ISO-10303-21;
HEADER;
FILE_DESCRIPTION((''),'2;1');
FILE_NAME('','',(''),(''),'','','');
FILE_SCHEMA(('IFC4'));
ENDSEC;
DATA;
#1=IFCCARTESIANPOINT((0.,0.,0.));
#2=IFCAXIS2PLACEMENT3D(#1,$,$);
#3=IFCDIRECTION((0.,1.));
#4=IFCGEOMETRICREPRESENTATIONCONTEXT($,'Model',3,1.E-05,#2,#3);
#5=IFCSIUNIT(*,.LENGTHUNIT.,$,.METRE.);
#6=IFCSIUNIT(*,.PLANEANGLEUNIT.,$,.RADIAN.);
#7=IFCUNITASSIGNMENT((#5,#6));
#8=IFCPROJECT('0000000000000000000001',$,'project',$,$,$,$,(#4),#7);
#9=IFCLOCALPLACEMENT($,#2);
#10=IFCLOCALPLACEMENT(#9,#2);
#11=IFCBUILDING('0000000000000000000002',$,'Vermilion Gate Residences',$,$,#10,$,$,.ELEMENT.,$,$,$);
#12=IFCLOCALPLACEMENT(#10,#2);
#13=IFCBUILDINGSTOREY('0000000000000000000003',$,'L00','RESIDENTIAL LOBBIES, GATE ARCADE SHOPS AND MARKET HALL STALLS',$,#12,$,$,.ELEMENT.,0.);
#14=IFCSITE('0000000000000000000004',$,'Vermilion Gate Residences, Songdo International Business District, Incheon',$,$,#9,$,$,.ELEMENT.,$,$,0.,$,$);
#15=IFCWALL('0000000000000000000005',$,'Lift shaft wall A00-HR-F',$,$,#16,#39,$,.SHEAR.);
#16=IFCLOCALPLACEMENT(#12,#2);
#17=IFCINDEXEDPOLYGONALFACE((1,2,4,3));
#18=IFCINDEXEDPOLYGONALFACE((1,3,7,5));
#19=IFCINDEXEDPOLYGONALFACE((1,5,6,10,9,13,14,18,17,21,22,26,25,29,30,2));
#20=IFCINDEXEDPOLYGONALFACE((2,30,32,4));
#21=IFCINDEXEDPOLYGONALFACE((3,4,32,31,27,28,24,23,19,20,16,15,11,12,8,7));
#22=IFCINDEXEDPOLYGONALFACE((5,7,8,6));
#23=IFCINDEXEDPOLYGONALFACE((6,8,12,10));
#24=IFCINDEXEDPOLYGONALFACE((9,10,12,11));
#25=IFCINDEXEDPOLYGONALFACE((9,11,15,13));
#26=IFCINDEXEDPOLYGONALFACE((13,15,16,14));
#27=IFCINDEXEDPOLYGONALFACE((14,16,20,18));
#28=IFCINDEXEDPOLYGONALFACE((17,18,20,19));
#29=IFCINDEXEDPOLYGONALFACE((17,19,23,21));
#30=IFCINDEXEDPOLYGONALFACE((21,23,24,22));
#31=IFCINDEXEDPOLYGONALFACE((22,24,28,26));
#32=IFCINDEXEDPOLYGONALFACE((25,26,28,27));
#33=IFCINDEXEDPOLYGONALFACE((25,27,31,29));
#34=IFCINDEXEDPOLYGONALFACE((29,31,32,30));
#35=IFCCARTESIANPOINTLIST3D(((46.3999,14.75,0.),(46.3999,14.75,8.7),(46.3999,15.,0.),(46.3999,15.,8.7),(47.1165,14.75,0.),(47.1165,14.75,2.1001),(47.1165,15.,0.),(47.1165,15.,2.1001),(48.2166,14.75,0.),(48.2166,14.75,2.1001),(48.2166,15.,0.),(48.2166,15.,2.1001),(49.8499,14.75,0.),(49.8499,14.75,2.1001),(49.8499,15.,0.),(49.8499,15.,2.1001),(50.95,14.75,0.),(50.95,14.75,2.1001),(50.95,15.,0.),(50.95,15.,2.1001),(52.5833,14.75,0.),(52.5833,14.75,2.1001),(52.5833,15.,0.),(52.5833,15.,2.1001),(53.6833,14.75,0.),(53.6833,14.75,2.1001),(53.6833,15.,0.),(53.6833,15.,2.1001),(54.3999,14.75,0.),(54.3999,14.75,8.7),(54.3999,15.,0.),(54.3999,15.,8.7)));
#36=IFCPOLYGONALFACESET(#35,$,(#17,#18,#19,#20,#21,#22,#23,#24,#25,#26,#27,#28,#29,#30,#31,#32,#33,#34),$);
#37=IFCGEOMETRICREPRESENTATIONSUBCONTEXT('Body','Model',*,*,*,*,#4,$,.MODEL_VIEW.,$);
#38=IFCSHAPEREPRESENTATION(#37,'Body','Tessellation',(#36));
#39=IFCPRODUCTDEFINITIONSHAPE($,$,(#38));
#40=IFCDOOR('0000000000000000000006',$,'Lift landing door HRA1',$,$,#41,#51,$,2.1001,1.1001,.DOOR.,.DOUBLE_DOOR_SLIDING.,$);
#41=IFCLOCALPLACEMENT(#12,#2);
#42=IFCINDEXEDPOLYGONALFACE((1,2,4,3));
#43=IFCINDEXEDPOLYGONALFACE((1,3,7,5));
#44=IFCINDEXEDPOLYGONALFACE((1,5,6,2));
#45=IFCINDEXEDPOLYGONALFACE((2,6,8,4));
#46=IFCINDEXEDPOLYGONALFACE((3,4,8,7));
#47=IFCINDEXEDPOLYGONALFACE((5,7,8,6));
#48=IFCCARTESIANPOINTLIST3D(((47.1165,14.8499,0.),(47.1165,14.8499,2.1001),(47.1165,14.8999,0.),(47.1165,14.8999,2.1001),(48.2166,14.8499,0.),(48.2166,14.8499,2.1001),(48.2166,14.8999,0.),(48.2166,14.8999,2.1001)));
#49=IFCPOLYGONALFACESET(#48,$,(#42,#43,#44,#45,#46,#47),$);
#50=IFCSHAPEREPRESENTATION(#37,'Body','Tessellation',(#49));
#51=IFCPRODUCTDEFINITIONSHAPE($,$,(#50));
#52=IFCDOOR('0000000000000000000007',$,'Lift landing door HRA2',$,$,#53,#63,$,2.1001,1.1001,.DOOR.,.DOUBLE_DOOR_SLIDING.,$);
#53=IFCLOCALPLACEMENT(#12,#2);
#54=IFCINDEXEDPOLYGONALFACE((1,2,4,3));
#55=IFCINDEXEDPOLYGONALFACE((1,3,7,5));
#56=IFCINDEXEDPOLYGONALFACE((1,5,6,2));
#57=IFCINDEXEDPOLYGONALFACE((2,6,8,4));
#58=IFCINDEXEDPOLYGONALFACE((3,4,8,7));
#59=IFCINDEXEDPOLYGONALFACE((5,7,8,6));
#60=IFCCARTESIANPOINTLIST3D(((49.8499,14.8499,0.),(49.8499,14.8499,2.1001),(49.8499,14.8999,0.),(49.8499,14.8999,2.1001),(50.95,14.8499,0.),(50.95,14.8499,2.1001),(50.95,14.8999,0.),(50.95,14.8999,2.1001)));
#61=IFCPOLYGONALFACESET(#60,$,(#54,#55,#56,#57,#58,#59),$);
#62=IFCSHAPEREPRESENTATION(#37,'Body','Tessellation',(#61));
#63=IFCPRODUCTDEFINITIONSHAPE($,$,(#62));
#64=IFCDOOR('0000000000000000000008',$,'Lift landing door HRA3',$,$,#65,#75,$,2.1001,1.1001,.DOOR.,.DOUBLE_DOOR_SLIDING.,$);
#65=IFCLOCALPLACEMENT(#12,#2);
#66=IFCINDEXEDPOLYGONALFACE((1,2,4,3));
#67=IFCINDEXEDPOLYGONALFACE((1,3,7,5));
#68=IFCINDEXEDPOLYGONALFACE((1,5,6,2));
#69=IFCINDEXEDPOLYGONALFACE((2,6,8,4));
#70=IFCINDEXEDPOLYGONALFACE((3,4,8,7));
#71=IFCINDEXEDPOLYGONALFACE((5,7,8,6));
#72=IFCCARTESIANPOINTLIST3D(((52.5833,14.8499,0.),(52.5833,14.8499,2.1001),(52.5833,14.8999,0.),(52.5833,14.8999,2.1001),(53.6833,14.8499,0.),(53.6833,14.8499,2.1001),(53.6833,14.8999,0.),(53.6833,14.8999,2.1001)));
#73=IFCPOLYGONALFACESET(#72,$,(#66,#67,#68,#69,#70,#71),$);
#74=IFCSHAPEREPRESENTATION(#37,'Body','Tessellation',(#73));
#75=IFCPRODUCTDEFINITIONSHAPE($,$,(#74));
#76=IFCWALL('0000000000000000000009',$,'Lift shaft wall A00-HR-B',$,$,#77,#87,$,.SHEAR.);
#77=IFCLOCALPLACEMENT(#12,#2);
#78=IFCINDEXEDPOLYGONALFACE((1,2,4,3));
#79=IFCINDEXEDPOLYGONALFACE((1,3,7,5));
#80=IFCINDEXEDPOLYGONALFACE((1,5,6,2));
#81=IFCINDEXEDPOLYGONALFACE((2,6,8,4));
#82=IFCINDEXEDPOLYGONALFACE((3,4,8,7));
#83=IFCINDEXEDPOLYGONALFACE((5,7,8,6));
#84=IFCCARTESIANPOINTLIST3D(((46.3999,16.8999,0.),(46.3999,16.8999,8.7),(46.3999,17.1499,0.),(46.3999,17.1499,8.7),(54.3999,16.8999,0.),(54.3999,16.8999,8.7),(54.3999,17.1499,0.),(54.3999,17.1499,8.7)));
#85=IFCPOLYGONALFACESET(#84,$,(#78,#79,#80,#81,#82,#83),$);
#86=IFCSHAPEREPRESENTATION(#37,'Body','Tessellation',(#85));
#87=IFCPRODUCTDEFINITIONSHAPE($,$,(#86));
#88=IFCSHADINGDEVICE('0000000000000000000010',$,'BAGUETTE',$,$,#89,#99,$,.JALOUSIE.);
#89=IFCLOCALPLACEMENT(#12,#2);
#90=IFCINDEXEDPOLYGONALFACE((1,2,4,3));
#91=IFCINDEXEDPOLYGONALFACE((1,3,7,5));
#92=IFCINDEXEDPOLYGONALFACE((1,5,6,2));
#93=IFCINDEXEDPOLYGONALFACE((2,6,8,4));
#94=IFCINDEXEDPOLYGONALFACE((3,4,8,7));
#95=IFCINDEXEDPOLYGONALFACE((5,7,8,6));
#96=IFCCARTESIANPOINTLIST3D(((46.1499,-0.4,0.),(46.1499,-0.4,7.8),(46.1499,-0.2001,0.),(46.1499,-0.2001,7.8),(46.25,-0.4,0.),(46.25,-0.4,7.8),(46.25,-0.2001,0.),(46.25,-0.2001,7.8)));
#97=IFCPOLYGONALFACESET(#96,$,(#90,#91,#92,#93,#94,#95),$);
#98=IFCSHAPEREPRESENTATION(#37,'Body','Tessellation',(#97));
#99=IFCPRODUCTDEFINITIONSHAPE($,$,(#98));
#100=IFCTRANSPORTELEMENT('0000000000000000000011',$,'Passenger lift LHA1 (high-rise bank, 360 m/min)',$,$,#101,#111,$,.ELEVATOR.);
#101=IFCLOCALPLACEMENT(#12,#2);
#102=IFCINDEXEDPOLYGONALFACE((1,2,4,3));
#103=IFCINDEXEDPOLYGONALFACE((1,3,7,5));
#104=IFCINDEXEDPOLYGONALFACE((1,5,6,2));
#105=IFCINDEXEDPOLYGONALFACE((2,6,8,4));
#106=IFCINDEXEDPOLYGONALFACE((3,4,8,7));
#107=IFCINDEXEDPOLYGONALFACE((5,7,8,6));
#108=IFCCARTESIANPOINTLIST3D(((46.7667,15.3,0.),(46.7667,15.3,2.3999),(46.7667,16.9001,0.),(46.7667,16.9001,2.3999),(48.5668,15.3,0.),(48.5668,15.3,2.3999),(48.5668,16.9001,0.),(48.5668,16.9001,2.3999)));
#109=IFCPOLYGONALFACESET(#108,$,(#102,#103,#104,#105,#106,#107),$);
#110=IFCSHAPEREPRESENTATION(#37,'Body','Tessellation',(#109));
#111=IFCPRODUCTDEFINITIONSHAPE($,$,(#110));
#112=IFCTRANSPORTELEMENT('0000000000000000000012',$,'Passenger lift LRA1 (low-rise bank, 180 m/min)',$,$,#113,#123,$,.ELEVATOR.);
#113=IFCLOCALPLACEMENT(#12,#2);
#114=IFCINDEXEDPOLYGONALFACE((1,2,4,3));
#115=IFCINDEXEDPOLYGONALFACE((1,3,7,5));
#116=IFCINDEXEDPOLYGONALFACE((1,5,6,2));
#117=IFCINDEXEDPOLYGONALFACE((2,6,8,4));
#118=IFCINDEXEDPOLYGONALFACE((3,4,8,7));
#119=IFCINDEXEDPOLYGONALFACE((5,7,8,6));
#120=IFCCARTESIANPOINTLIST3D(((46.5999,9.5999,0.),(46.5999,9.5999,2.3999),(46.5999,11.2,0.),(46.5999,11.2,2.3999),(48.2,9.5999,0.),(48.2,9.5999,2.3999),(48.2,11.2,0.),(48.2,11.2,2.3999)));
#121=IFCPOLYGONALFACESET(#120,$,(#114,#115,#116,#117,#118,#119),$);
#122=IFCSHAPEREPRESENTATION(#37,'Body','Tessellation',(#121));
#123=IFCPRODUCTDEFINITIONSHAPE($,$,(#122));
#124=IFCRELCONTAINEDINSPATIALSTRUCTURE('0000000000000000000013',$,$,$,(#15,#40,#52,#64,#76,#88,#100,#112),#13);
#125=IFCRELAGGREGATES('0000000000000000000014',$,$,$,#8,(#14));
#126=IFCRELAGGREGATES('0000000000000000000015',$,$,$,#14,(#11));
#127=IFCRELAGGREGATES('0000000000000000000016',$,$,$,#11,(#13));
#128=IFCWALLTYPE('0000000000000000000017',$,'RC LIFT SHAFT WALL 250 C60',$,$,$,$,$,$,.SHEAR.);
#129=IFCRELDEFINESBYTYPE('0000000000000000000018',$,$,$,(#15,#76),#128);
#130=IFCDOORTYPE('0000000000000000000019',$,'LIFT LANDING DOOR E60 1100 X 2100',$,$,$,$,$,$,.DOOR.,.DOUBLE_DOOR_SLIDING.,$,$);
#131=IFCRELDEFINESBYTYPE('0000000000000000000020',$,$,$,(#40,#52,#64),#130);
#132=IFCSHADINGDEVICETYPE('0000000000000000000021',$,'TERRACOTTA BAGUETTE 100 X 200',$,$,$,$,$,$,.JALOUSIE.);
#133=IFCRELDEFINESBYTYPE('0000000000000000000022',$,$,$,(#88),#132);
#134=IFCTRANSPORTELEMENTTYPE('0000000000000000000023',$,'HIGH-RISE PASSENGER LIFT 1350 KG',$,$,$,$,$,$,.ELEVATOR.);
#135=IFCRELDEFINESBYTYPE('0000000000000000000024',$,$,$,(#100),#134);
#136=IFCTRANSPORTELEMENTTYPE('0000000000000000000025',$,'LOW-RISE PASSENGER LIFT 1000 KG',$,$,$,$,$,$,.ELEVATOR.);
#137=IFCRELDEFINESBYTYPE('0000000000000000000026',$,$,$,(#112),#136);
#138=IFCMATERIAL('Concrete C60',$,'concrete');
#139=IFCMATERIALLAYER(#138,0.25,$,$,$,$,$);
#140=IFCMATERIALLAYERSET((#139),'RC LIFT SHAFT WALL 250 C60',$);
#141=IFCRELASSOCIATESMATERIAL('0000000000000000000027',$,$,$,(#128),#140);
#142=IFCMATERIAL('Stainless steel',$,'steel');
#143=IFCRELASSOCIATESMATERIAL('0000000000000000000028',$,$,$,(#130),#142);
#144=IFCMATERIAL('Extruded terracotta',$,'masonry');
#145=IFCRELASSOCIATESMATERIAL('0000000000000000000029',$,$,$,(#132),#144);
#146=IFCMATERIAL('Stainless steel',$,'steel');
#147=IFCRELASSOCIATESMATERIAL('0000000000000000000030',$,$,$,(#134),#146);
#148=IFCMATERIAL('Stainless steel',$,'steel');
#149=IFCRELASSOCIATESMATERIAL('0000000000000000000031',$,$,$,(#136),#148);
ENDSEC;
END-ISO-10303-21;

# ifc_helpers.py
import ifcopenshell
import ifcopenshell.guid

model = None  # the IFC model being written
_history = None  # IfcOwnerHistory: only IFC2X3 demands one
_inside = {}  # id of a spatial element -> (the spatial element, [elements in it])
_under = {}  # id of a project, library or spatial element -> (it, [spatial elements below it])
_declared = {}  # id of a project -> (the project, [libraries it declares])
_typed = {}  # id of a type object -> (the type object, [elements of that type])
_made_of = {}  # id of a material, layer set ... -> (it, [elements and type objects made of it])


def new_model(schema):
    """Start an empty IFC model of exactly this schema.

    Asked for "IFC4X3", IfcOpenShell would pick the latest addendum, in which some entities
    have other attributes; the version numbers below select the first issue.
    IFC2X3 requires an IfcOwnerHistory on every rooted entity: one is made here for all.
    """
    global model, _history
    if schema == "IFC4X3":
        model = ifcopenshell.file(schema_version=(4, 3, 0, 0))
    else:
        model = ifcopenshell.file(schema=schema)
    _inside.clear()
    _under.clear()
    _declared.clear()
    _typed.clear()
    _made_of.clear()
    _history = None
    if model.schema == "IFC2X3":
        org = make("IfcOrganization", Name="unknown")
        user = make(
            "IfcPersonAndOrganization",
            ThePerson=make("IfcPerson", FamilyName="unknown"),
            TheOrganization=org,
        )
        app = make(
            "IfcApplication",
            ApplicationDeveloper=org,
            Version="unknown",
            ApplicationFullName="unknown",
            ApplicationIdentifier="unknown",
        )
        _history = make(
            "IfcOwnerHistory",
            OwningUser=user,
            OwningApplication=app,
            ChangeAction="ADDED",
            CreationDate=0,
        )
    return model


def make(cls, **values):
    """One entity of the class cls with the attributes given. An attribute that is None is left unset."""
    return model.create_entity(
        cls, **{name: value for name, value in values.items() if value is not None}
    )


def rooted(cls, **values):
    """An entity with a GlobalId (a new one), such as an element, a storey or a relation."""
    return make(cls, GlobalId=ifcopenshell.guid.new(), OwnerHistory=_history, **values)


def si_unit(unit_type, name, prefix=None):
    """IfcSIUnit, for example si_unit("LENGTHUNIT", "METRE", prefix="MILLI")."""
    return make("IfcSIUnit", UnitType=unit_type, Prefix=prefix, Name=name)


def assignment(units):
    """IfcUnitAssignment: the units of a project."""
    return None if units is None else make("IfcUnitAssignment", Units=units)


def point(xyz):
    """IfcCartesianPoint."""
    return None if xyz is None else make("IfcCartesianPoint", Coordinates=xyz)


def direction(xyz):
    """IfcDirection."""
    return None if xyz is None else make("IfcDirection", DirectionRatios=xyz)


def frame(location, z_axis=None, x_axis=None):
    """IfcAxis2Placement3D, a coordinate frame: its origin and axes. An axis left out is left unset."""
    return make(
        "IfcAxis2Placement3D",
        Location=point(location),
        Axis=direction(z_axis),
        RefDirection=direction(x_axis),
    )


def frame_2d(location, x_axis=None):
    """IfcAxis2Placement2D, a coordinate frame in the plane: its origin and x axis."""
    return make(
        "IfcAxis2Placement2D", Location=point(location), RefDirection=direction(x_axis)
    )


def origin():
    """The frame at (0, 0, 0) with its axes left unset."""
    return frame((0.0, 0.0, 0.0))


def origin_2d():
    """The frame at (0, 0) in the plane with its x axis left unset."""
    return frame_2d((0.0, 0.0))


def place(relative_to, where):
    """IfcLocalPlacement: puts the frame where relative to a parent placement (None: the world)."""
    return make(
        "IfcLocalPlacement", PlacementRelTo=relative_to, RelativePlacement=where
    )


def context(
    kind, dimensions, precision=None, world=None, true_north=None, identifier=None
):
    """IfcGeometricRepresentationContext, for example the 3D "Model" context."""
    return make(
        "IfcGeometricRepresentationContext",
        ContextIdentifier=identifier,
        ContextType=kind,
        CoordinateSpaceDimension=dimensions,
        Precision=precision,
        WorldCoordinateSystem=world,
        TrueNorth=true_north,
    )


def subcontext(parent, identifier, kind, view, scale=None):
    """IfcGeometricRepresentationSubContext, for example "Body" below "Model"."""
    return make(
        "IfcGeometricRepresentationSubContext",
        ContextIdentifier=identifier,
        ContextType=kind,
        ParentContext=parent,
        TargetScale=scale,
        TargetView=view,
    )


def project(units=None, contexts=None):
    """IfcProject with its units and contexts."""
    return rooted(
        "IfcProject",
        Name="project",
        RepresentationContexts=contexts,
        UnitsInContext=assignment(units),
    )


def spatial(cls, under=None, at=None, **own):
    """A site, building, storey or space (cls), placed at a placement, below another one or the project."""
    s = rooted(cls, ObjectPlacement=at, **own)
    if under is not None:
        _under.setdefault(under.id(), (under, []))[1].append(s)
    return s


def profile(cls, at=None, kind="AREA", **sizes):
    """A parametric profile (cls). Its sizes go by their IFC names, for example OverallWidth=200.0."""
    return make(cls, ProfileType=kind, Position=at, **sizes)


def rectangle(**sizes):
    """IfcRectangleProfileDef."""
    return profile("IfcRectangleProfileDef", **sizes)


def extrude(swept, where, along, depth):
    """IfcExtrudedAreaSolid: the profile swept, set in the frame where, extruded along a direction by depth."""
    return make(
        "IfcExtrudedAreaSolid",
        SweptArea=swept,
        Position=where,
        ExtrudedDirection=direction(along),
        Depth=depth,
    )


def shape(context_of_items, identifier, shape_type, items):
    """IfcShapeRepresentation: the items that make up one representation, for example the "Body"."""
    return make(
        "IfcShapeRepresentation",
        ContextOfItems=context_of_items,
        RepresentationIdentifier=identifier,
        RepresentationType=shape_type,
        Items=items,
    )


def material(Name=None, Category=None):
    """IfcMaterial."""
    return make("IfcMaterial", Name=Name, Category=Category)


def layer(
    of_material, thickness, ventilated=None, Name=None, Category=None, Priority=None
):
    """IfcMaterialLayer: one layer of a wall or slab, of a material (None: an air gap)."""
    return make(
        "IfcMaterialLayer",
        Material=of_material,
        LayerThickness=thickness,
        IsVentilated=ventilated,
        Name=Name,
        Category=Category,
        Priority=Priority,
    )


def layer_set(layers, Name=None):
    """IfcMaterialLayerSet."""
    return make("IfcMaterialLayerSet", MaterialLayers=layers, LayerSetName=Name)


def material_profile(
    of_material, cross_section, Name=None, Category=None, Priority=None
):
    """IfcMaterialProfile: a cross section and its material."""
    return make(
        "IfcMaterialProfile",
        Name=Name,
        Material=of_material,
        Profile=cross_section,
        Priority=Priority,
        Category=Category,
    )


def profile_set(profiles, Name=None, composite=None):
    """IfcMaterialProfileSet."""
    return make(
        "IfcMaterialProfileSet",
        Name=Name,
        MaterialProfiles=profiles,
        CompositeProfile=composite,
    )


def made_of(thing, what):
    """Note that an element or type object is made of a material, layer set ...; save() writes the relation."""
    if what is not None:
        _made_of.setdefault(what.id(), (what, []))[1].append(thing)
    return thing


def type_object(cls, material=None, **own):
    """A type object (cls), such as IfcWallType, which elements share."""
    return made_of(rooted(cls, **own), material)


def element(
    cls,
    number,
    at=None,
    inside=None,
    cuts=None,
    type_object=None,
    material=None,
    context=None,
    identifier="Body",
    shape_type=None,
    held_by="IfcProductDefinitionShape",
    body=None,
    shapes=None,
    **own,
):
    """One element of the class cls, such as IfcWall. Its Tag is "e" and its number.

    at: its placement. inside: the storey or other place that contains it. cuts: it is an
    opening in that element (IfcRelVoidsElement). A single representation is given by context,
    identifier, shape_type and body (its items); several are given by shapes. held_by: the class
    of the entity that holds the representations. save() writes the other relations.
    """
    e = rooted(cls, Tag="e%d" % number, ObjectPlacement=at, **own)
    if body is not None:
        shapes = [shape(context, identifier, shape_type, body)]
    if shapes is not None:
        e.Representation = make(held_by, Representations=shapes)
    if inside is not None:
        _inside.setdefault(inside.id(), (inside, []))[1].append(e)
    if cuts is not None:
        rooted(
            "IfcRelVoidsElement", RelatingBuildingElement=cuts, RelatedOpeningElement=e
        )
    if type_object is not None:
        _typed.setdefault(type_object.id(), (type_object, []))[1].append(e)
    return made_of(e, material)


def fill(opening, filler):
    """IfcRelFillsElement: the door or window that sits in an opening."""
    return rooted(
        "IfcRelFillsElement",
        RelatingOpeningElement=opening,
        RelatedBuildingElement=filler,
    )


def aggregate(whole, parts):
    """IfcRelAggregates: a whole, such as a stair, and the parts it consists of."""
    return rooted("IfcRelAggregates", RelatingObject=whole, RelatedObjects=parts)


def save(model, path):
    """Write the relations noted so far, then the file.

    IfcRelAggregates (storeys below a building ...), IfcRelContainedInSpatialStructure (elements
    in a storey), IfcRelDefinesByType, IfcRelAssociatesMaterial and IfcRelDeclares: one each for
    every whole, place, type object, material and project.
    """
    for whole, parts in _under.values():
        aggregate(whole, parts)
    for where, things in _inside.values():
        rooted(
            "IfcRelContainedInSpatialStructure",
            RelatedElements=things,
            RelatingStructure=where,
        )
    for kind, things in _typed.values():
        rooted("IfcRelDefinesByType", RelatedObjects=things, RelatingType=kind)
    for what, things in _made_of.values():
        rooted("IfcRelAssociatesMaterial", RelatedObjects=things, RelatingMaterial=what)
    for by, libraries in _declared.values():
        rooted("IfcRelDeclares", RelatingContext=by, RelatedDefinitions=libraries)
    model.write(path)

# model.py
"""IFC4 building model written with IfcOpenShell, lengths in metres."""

from ifc_helpers import new_model, si_unit, direction, frame, frame_2d, origin, origin_2d, place, context, subcontext, project, spatial, rectangle, extrude, material, layer, layer_set, material_profile, profile_set, type_object, element, fill, save


model = new_model("IFC4")

# Units and contexts
model_context = context("Model", 3, precision=1e-05, world=origin(), true_north=direction((0.0, 1.0)))
body_context = subcontext(model_context, "Body", "Model", "MODEL_VIEW")
ifc_project = project(units=[si_unit("LENGTHUNIT", "METRE"), si_unit("PLANEANGLEUNIT", "RADIAN")], contexts=[model_context])

# Site, building, storey
site_placement = place(None, origin())
site = spatial("IfcSite", under=ifc_project, at=site_placement, Name="Vermilion Gate Residences, Songdo International Business District, Incheon", CompositionType="ELEMENT", RefElevation=0.0)
building_placement = place(site_placement, origin())
building = spatial("IfcBuilding", under=site, at=building_placement, Name="Vermilion Gate Residences", CompositionType="ELEMENT")
storey_placement = place(building_placement, origin())
storey = spatial("IfcBuildingStorey", under=building, at=storey_placement, Name="L00", Description="RESIDENTIAL LOBBIES, GATE ARCADE SHOPS AND MARKET HALL STALLS", CompositionType="ELEMENT", Elevation=0.0)

# Wall, openings, doors
ifc_material_1 = material(Name="Concrete C60", Category="concrete")
ifc_layer_1 = layer(ifc_material_1, 0.25)
ifc_layer_set_1 = layer_set([ifc_layer_1], Name="RC LIFT SHAFT WALL 250 C60")
wall_type_1 = type_object("IfcWallType", Name="RC LIFT SHAFT WALL 250 C60", PredefinedType="SHEAR", material=ifc_layer_set_1)
ifc_material_2 = material(Name="Stainless steel", Category="steel")
door_type_1 = type_object("IfcDoorType", Name="LIFT LANDING DOOR E60 1100 X 2100", OperationType="DOUBLE_DOOR_SLIDING", PredefinedType="DOOR", material=ifc_material_2)
wall_1_placement = place(storey_placement, frame((46.3999, 14.875, 0.0), z_axis=(0.0, 0.0, 1.0), x_axis=(1.0, 0.0, 0.0)))
wall_1 = element("IfcWall", 1, at=wall_1_placement, inside=storey, type_object=wall_type_1, Name="Lift shaft wall A00-HR-F", PredefinedType="SHEAR", context=body_context, shape_type="SweptSolid", body=[
    extrude(rectangle(XDim=8.0, YDim=0.25, at=frame_2d((4.0, 0.0))), origin(), (0.0, 0.0, 1.0), 8.7),
])
opening_1_placement = place(wall_1_placement, frame((0.7166, 0.0, 0.0)))
opening_1 = element("IfcOpeningElement", 2, at=opening_1_placement, cuts=wall_1, PredefinedType="OPENING", context=body_context, shape_type="SweptSolid", body=[
    extrude(rectangle(XDim=1.1001, YDim=2.1001, at=frame_2d((0.55, 1.05))), frame((0.0, 0.135, 0.0), z_axis=(0.0, -1.0, 0.0), x_axis=(1.0, 0.0, 0.0)), (0.0, 0.0, 1.0), 0.27),
])
opening_2_placement = place(wall_1_placement, frame((3.45, 0.0, 0.0)))
opening_2 = element("IfcOpeningElement", 3, at=opening_2_placement, cuts=wall_1, PredefinedType="OPENING", context=body_context, shape_type="SweptSolid", body=[
    extrude(rectangle(XDim=1.1001, YDim=2.1001, at=frame_2d((0.55, 1.05))), frame((0.0, 0.135, 0.0), z_axis=(0.0, -1.0, 0.0), x_axis=(1.0, 0.0, 0.0)), (0.0, 0.0, 1.0), 0.27),
])
opening_3_placement = place(wall_1_placement, frame((6.1833, 0.0, 0.0)))
opening_3 = element("IfcOpeningElement", 4, at=opening_3_placement, cuts=wall_1, PredefinedType="OPENING", context=body_context, shape_type="SweptSolid", body=[
    extrude(rectangle(XDim=1.1001, YDim=2.1001, at=frame_2d((0.55, 1.05))), frame((0.0, 0.135, 0.0), z_axis=(0.0, -1.0, 0.0), x_axis=(1.0, 0.0, 0.0)), (0.0, 0.0, 1.0), 0.27),
])
door_1_placement = place(opening_1_placement, origin())
door_1 = element("IfcDoor", 5, at=door_1_placement, inside=storey, type_object=door_type_1, Name="Lift landing door HRA1", OperationType="DOUBLE_DOOR_SLIDING", OverallHeight=2.1001, OverallWidth=1.1001, PredefinedType="DOOR", context=body_context, shape_type="SweptSolid", body=[
    extrude(rectangle(XDim=1.1001, YDim=2.1001, at=frame_2d((0.55, 1.05))), frame((0.0, 0.0249, 0.0), z_axis=(0.0, -1.0, 0.0), x_axis=(1.0, 0.0, 0.0)), (0.0, 0.0, 1.0), 0.05),
])
fill(opening_1, door_1)
door_2_placement = place(opening_2_placement, origin())
door_2 = element("IfcDoor", 6, at=door_2_placement, inside=storey, type_object=door_type_1, Name="Lift landing door HRA2", OperationType="DOUBLE_DOOR_SLIDING", OverallHeight=2.1001, OverallWidth=1.1001, PredefinedType="DOOR", context=body_context, shape_type="SweptSolid", body=[
    extrude(rectangle(XDim=1.1001, YDim=2.1001, at=frame_2d((0.55, 1.05))), frame((0.0, 0.0249, 0.0), z_axis=(0.0, -1.0, 0.0), x_axis=(1.0, 0.0, 0.0)), (0.0, 0.0, 1.0), 0.05),
])
fill(opening_2, door_2)
door_3_placement = place(opening_3_placement, origin())
door_3 = element("IfcDoor", 7, at=door_3_placement, inside=storey, type_object=door_type_1, Name="Lift landing door HRA3", OperationType="DOUBLE_DOOR_SLIDING", OverallHeight=2.1001, OverallWidth=1.1001, PredefinedType="DOOR", context=body_context, shape_type="SweptSolid", body=[
    extrude(rectangle(XDim=1.1001, YDim=2.1001, at=frame_2d((0.55, 1.05))), frame((0.0, 0.0249, 0.0), z_axis=(0.0, -1.0, 0.0), x_axis=(1.0, 0.0, 0.0)), (0.0, 0.0, 1.0), 0.05),
])
fill(opening_3, door_3)

# Wall
wall_2_placement = place(storey_placement, frame((46.3999, 17.0249, 0.0), z_axis=(0.0, 0.0, 1.0), x_axis=(1.0, 0.0, 0.0)))
element("IfcWall", 8, at=wall_2_placement, inside=storey, type_object=wall_type_1, Name="Lift shaft wall A00-HR-B", PredefinedType="SHEAR", context=body_context, shape_type="SweptSolid", body=[
    extrude(rectangle(XDim=8.0, YDim=0.25, at=frame_2d((4.0, 0.0))), origin(), (0.0, 0.0, 1.0), 8.7),
])

# Shading device
ifc_material_3 = material(Name="Extruded terracotta", Category="masonry")
ifc_material_profile_1 = material_profile(ifc_material_3, rectangle(XDim=0.2, YDim=0.1001, at=origin_2d()), Name="BAGUETTE 100 X 200")
ifc_profile_set_1 = profile_set([ifc_material_profile_1], Name="Extruded terracotta")
shading_device_type = type_object("IfcShadingDeviceType", Name="TERRACOTTA BAGUETTE 100 X 200", PredefinedType="JALOUSIE", material=ifc_profile_set_1)
shading_device_placement = place(storey_placement, frame((46.2, -0.3, 0.0), z_axis=(0.0, 0.0, 1.0), x_axis=(0.0, 1.0, 0.0)))
element("IfcShadingDevice", 9, at=shading_device_placement, inside=storey, type_object=shading_device_type, Name="BAGUETTE", PredefinedType="JALOUSIE", context=body_context, shape_type="SweptSolid", body=[
    extrude(rectangle(XDim=0.2, YDim=0.1001, at=origin_2d()), origin(), (0.0, 0.0, 1.0), 7.8),
])

# Transport elements
ifc_material_4 = material(Name="Stainless steel", Category="steel")
transport_element_type_1 = type_object("IfcTransportElementType", Name="HIGH-RISE PASSENGER LIFT 1350 KG", PredefinedType="ELEVATOR", material=ifc_material_4)
transport_element_1_placement = place(storey_placement, frame((47.6667, 16.1001, 0.0), z_axis=(0.0, 0.0, 1.0), x_axis=(1.0, 0.0, 0.0)))
element("IfcTransportElement", 10, at=transport_element_1_placement, inside=storey, type_object=transport_element_type_1, Name="Passenger lift LHA1 (high-rise bank, 360 m/min)", PredefinedType="ELEVATOR", context=body_context, shape_type="SweptSolid", body=[
    extrude(rectangle(XDim=1.8, YDim=1.6001, at=origin_2d()), origin(), (0.0, 0.0, 1.0), 2.3999),
])
ifc_material_5 = material(Name="Stainless steel", Category="steel")
transport_element_type_2 = type_object("IfcTransportElementType", Name="LOW-RISE PASSENGER LIFT 1000 KG", PredefinedType="ELEVATOR", material=ifc_material_5)
transport_element_2_placement = place(storey_placement, frame((47.3999, 10.3999, 0.0), z_axis=(0.0, 0.0, 1.0), x_axis=(1.0, 0.0, 0.0)))
element("IfcTransportElement", 11, at=transport_element_2_placement, inside=storey, type_object=transport_element_type_2, Name="Passenger lift LRA1 (low-rise bank, 180 m/min)", PredefinedType="ELEVATOR", context=body_context, shape_type="SweptSolid", body=[
    extrude(rectangle(XDim=1.6001, YDim=1.6001, at=origin_2d()), origin(), (0.0, 0.0, 1.0), 2.3999),
])

save(model, "model.ifc")
